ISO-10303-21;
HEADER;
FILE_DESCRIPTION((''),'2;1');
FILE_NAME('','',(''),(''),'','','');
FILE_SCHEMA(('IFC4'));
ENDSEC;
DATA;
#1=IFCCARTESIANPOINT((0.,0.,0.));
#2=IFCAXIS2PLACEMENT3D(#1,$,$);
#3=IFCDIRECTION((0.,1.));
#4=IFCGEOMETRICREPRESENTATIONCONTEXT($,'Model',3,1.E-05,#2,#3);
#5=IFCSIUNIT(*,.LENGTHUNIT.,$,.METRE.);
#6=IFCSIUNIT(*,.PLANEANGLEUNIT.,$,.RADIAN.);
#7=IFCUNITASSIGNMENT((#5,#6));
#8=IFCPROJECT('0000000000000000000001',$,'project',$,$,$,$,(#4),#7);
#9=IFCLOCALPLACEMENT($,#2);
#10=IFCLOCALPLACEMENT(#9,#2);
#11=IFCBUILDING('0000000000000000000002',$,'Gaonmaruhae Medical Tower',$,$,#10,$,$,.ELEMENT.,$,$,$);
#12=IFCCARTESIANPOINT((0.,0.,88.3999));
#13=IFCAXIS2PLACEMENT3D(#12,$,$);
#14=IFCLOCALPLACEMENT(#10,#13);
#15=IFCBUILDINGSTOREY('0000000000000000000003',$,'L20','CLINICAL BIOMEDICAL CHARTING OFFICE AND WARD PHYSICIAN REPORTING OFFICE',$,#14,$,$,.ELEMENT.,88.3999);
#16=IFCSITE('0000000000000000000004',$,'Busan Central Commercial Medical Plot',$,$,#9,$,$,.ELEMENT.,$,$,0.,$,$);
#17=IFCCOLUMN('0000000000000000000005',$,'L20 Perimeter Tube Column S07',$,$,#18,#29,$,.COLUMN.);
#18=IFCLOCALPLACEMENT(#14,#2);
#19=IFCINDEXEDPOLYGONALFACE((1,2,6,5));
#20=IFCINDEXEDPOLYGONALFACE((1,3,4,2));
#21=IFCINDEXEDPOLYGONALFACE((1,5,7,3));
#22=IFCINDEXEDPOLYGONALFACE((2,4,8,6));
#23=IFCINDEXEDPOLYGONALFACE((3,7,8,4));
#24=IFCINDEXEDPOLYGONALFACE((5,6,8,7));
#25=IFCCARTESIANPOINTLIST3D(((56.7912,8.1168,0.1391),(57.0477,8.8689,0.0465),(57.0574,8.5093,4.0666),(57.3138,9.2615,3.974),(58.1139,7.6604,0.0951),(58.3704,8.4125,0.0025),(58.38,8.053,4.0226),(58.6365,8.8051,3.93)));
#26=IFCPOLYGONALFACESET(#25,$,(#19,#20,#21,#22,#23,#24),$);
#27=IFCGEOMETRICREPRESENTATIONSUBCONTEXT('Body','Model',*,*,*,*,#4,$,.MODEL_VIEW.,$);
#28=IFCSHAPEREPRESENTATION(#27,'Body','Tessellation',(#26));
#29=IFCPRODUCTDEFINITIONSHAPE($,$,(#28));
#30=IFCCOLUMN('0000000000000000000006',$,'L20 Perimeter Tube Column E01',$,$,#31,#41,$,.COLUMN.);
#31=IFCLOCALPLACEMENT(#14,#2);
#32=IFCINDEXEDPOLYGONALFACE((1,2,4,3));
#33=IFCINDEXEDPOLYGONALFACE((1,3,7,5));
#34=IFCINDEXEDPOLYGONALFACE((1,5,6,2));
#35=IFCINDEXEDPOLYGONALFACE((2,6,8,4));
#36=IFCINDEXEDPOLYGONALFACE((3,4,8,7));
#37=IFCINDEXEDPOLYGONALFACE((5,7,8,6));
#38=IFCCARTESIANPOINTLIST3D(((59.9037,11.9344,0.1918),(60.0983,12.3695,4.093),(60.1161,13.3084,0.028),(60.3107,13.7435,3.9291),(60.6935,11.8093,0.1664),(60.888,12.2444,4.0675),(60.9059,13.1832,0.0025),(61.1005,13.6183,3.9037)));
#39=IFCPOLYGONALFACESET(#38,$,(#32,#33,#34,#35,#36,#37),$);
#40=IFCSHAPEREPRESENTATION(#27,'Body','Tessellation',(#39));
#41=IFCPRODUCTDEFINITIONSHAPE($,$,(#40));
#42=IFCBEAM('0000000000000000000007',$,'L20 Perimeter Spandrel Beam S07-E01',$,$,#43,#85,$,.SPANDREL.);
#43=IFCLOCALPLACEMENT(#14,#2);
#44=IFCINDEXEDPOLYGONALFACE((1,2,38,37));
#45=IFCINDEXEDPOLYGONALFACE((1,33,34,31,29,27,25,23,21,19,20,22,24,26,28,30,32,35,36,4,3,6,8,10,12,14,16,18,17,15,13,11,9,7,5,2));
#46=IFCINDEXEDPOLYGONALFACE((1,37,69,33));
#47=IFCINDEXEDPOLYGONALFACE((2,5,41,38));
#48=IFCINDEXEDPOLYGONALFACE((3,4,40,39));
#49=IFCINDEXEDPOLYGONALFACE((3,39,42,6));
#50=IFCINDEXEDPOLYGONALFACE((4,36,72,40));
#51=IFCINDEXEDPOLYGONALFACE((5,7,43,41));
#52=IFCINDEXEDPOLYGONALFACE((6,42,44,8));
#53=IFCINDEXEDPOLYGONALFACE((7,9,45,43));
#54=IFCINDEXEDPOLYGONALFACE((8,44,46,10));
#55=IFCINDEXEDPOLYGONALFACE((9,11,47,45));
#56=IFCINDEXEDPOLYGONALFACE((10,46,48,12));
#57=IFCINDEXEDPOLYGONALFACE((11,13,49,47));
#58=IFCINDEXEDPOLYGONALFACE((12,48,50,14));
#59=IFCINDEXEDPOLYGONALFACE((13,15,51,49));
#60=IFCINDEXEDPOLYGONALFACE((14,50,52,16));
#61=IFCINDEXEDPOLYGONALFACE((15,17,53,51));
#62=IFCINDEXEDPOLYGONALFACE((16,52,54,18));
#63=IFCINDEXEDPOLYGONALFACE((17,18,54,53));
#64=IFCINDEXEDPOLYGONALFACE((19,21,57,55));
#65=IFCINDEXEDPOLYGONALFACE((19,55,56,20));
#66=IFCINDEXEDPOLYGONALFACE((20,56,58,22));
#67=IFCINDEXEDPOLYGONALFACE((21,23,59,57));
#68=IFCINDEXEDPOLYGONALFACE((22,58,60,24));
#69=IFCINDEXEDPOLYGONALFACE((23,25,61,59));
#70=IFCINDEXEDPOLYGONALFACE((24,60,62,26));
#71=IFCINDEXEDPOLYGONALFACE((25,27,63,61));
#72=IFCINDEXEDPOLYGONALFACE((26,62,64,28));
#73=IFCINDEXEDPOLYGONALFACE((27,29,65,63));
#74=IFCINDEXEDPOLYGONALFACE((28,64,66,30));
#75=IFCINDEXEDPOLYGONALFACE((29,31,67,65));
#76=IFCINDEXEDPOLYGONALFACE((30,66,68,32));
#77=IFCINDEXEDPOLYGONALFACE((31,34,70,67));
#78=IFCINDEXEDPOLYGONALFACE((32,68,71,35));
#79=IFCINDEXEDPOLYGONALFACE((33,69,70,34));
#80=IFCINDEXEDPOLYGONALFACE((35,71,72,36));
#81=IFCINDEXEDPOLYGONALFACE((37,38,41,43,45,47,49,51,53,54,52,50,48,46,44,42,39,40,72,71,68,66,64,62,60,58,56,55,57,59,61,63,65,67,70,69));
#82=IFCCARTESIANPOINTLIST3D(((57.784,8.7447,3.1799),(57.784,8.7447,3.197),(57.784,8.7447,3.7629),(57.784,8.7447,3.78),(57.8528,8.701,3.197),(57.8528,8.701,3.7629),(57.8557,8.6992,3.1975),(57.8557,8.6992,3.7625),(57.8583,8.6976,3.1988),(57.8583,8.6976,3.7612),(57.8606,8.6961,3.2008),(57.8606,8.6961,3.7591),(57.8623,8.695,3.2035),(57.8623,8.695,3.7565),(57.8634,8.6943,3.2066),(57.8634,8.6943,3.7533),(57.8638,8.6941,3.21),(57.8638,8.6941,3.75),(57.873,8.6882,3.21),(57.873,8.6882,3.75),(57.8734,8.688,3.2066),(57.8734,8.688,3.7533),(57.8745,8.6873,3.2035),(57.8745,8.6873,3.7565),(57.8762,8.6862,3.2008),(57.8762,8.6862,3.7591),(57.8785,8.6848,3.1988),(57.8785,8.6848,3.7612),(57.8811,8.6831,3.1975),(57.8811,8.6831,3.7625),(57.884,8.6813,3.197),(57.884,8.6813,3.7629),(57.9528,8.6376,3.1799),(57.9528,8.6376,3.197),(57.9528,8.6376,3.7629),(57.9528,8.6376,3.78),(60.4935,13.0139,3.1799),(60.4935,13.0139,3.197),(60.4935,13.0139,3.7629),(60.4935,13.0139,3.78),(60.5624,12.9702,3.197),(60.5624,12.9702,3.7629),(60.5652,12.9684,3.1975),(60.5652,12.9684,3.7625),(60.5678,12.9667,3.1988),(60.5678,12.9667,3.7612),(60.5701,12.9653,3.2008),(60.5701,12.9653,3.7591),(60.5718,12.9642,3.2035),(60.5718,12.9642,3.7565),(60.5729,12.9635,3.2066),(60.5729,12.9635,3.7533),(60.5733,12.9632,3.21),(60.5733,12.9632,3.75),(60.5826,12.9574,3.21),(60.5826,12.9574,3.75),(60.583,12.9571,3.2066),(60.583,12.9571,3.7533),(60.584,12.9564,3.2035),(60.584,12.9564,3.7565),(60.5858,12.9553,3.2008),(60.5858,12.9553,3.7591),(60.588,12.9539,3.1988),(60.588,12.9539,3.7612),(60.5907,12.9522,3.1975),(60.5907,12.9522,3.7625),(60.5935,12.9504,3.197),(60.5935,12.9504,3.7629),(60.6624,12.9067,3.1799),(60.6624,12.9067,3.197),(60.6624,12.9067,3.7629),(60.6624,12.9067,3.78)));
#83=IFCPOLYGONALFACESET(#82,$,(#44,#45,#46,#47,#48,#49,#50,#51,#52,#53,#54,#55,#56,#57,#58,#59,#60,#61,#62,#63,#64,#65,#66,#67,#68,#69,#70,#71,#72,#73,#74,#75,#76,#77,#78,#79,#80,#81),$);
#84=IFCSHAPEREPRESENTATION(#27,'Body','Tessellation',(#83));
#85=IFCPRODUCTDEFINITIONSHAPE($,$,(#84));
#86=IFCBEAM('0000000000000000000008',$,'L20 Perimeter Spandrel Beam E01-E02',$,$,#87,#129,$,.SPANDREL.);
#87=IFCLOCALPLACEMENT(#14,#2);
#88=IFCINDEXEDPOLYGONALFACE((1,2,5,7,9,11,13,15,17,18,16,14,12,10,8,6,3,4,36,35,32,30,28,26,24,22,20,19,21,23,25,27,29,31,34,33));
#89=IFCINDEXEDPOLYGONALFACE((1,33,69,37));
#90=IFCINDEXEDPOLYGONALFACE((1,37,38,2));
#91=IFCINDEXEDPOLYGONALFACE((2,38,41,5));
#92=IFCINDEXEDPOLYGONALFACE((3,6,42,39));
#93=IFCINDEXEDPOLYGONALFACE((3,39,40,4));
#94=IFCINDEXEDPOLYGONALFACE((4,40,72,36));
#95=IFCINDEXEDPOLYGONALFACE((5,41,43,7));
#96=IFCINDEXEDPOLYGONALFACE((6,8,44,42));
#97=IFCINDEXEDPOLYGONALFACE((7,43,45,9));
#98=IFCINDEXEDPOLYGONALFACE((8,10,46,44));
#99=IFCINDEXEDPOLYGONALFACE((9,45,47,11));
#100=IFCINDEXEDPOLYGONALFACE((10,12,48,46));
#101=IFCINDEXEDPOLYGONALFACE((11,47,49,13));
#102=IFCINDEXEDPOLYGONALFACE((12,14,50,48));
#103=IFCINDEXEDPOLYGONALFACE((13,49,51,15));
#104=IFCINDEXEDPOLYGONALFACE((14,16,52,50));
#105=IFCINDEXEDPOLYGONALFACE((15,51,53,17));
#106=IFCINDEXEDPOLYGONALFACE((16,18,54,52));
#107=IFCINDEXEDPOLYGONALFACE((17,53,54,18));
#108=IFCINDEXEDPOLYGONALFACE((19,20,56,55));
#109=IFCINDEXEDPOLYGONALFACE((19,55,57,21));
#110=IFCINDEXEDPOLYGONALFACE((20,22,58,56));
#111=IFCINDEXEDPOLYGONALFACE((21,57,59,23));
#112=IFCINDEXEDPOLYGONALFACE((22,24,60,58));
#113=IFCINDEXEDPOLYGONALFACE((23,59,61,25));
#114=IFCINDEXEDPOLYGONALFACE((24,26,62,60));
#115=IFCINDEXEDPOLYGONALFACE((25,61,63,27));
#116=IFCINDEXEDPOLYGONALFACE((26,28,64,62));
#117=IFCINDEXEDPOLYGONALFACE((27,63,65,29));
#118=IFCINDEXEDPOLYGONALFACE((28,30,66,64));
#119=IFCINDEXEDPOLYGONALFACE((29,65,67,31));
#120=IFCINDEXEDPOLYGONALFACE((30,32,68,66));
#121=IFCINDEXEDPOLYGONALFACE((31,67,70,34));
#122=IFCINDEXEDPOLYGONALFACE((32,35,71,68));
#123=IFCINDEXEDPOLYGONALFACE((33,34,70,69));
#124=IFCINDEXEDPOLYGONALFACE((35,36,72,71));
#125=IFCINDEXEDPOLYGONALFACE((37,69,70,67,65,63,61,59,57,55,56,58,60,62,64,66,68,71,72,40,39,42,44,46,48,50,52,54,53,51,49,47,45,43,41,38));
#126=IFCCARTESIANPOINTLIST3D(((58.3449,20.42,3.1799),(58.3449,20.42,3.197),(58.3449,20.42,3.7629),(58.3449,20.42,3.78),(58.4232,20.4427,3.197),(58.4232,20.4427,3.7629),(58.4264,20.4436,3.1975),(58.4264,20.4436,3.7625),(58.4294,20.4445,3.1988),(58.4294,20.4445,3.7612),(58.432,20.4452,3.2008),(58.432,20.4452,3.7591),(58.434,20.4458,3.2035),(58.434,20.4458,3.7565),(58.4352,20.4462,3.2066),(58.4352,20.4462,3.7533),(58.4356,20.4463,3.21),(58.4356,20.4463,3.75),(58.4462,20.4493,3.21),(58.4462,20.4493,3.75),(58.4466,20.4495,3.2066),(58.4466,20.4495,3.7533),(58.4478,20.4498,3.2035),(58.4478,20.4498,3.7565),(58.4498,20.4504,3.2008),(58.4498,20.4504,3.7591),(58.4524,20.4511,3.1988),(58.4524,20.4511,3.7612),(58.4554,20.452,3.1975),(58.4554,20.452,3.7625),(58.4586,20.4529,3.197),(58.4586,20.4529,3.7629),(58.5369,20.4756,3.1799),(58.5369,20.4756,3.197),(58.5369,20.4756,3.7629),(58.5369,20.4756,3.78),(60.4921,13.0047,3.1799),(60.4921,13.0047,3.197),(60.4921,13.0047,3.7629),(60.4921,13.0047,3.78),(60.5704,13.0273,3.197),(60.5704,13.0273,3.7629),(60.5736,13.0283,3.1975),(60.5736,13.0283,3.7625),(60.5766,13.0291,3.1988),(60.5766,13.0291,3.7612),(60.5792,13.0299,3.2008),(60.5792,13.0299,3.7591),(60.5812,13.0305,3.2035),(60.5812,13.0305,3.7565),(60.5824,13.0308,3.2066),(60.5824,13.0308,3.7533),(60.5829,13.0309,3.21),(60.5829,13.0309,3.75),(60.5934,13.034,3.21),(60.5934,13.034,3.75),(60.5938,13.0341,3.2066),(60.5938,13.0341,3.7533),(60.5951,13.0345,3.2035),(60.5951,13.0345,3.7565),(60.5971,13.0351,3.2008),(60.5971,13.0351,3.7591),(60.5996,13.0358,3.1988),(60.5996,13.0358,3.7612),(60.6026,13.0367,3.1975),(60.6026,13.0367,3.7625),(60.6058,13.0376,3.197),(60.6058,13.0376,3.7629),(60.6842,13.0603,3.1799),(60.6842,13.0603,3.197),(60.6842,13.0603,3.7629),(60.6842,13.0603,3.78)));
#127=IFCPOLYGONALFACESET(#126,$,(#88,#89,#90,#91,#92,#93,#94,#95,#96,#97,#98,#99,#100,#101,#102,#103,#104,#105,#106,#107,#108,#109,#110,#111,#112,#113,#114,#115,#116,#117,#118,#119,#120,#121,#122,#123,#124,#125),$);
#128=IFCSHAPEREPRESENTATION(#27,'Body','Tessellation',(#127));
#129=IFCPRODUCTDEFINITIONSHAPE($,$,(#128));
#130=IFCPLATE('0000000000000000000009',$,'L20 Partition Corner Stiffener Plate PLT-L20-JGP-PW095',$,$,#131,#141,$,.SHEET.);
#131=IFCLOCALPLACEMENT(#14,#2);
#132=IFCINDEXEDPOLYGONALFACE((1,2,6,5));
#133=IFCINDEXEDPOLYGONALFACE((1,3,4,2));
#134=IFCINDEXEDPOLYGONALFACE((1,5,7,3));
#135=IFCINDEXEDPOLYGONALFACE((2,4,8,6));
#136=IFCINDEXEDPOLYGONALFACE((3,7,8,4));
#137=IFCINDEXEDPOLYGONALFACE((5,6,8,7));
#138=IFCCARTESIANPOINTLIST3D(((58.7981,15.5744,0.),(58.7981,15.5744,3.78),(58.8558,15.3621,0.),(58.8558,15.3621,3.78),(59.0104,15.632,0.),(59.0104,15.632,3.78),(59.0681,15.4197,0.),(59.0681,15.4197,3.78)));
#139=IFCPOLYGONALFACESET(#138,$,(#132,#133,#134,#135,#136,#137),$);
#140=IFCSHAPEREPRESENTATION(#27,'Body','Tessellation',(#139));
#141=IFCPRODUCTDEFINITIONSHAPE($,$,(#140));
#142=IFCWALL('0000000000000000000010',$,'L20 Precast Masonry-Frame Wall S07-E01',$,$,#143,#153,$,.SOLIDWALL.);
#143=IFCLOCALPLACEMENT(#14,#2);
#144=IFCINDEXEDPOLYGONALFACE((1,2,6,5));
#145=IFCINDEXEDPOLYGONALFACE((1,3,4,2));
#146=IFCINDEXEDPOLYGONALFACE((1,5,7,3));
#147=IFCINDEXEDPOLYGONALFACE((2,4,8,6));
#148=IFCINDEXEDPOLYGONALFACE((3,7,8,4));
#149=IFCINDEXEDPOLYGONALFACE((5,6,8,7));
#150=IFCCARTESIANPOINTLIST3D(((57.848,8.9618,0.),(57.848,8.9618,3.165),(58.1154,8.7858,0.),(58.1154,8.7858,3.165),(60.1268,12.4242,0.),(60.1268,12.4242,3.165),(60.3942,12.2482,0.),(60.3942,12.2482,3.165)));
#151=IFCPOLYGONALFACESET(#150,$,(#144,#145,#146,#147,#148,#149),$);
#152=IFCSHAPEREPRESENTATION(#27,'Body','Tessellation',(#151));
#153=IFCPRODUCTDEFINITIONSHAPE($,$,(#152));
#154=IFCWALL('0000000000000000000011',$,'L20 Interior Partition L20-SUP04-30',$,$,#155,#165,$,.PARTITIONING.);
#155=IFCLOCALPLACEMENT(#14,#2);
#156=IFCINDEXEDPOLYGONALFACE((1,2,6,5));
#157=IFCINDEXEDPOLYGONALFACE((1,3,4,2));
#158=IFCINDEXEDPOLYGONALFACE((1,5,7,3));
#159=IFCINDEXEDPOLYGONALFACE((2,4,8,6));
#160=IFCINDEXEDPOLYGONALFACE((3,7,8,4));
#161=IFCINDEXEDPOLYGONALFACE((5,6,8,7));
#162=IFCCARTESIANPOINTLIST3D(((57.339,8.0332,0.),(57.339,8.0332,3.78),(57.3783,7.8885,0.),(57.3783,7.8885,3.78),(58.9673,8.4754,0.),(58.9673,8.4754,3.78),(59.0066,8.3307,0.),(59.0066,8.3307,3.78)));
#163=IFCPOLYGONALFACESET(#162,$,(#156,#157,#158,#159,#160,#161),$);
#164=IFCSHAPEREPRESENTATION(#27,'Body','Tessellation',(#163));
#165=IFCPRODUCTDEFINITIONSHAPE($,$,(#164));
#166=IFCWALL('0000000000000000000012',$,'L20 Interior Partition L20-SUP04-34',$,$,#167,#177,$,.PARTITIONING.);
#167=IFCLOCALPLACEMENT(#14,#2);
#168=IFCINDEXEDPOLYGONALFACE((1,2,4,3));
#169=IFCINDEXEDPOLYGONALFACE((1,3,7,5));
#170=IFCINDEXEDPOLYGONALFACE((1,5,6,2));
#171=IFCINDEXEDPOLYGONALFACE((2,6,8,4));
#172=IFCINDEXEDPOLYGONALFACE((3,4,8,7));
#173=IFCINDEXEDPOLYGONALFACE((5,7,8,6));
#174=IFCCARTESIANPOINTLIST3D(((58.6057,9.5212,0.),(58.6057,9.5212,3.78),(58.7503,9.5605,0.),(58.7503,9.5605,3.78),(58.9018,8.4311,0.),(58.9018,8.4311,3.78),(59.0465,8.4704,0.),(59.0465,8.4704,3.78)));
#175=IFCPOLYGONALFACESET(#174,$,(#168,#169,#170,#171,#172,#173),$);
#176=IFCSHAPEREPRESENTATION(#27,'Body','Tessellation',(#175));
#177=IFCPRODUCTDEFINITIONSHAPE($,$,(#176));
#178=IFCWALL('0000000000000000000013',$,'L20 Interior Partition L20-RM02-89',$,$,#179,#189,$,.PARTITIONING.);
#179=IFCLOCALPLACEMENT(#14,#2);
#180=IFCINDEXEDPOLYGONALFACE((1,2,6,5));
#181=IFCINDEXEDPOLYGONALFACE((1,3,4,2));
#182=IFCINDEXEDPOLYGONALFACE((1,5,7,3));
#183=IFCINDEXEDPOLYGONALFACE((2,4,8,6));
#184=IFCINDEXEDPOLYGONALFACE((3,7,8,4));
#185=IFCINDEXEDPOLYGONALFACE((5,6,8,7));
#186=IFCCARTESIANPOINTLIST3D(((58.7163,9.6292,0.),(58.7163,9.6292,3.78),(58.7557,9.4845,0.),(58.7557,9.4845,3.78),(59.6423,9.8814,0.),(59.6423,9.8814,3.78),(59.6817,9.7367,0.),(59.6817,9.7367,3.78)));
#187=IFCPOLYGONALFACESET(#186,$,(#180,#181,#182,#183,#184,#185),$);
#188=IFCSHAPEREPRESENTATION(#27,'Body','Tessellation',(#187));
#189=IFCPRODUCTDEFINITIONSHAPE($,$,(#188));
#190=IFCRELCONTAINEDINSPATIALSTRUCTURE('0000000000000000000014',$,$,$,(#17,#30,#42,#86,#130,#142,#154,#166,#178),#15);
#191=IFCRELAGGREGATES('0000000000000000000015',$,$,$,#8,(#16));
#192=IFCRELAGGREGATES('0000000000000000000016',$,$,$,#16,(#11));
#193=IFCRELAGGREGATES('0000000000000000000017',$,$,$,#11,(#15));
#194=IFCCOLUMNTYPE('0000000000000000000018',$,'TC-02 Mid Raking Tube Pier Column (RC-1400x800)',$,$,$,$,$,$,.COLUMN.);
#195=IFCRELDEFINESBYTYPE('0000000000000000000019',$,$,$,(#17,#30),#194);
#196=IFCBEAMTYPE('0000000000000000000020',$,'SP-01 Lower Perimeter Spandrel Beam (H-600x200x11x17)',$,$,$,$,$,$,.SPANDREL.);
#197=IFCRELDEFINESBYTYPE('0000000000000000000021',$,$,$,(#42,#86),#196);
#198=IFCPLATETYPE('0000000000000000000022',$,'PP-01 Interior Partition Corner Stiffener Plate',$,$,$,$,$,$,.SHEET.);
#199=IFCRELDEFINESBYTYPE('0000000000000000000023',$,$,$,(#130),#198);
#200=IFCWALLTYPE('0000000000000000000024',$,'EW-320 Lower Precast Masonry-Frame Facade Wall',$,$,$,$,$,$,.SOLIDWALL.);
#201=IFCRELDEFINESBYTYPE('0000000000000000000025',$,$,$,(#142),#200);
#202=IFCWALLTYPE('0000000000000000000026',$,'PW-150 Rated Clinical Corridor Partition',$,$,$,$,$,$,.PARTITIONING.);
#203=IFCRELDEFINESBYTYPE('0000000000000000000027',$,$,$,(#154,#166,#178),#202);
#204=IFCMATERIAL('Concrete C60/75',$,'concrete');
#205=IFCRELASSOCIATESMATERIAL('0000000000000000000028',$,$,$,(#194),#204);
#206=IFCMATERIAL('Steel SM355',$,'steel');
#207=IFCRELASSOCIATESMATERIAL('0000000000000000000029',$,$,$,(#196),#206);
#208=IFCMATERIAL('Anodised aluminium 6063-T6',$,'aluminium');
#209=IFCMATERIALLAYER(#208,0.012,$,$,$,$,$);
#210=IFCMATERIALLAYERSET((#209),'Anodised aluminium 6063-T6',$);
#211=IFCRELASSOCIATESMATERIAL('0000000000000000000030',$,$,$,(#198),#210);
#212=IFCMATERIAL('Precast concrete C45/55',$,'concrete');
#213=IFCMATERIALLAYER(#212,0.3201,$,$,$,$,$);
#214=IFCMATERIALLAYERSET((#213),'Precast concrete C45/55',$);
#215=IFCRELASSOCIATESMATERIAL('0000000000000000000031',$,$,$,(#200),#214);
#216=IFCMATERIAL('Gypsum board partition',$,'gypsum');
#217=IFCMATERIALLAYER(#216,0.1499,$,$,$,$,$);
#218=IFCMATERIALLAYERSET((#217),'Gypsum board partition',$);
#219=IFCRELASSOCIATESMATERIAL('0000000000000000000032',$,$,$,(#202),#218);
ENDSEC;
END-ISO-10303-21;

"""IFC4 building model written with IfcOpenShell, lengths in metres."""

from ifc_helpers import new_model, si_unit, direction, frame, frame_2d, origin, origin_2d, place, context, subcontext, project, spatial, rectangle, i_section, extrude, material, layer, layer_set, material_profile, profile_set, type_object, element, save


model = new_model("IFC4")

# Units and contexts
model_context = context("Model", 3, precision=1e-05, world=origin(), true_north=direction((0.0, 1.0)))
body_context = subcontext(model_context, "Body", "Model", "MODEL_VIEW")
ifc_project = project(units=[si_unit("LENGTHUNIT", "METRE"), si_unit("PLANEANGLEUNIT", "RADIAN")], contexts=[model_context])

# Site, building, storey
site_placement = place(None, origin())
site = spatial("IfcSite", under=ifc_project, at=site_placement, Name="Busan Central Commercial Medical Plot", CompositionType="ELEMENT", RefElevation=0.0)
building_placement = place(site_placement, origin())
building = spatial("IfcBuilding", under=site, at=building_placement, Name="Gaonmaruhae Medical Tower", CompositionType="ELEMENT")
storey_placement = place(building_placement, frame((0.0, 0.0, 88.3999)))
storey = spatial("IfcBuildingStorey", under=building, at=storey_placement, Name="L20", Description="CLINICAL BIOMEDICAL CHARTING OFFICE AND WARD PHYSICIAN REPORTING OFFICE", CompositionType="ELEMENT", Elevation=88.3999)

# Columns
ifc_material_1 = material(Name="Concrete C60/75", Category="concrete")
ifc_material_profile_1 = material_profile(ifc_material_1, rectangle(XDim=1.3999, YDim=0.8, at=origin_2d()), Name="RC-1400x800")
ifc_profile_set_1 = profile_set([ifc_material_profile_1], Name="Concrete C60/75")
column_type = type_object("IfcColumnType", Name="TC-02 Mid Raking Tube Pier Column (RC-1400x800)", PredefinedType="COLUMN", material=ifc_profile_set_1)
column_1_placement = place(storey_placement, frame((57.5808, 8.2646, 0.0708), z_axis=(0.067268, 0.099236, 0.992788), x_axis=(-0.944844, 0.326008, 0.031433)))
element("IfcColumn", 1, at=column_1_placement, inside=storey, type_object=column_type, Name="L20 Perimeter Tube Column S07", PredefinedType="COLUMN", context=body_context, shape_type="SweptSolid", body=[
    extrude(rectangle(XDim=1.3999, YDim=0.8, at=origin_2d()), origin(), (0.0, 0.0, 1.0), 3.9561),
])
column_2_placement = place(storey_placement, frame((60.4048, 12.5588, 0.0972), z_axis=(0.04951, 0.110698, 0.99262), x_axis=(-0.151744, -0.981468, 0.117023)))
element("IfcColumn", 2, at=column_2_placement, inside=storey, type_object=column_type, Name="L20 Perimeter Tube Column E01", PredefinedType="COLUMN", context=body_context, shape_type="SweptSolid", body=[
    extrude(rectangle(XDim=1.3999, YDim=0.8, at=origin_2d()), origin(), (0.0, 0.0, 1.0), 3.9302),
])

# Beams
ifc_material_2 = material(Name="Steel SM355", Category="steel")
ifc_material_profile_2 = material_profile(ifc_material_2, i_section(OverallWidth=0.2, OverallDepth=0.6001, WebThickness=0.011, FlangeThickness=0.0171, FilletRadius=0.0129, at=origin_2d()), Name="H-600x200x11x17")
ifc_profile_set_2 = profile_set([ifc_material_profile_2], Name="Steel SM355")
beam_type = type_object("IfcBeamType", Name="SP-01 Lower Perimeter Spandrel Beam (H-600x200x11x17)", PredefinedType="SPANDREL", material=ifc_profile_set_2)
beam_1_placement = place(storey_placement, frame((57.8684, 8.6912, 3.48), z_axis=(0.535863, 0.844305, 0.0), x_axis=(-0.844305, 0.535863, 0.0)))
element("IfcBeam", 3, at=beam_1_placement, inside=storey, type_object=beam_type, Name="L20 Perimeter Spandrel Beam S07-E01", PredefinedType="SPANDREL", context=body_context, shape_type="SweptSolid", body=[
    extrude(i_section(OverallWidth=0.2, OverallDepth=0.6001, WebThickness=0.011, FlangeThickness=0.0171, FilletRadius=0.0129, at=origin_2d()), origin(), (0.0, 0.0, 1.0), 5.0564),
])
beam_2_placement = place(storey_placement, frame((60.5881, 13.0325, 3.48), z_axis=(-0.27814, 0.96054, 0.0), x_axis=(-0.96054, -0.27814, 0.0)))
element("IfcBeam", 4, at=beam_2_placement, inside=storey, type_object=beam_type, Name="L20 Perimeter Spandrel Beam E01-E02", PredefinedType="SPANDREL", context=body_context, shape_type="SweptSolid", body=[
    extrude(i_section(OverallWidth=0.2, OverallDepth=0.6001, WebThickness=0.011, FlangeThickness=0.0171, FilletRadius=0.0129, at=origin_2d()), origin(), (0.0, 0.0, 1.0), 7.72),
])

# Plate
ifc_material_3 = material(Name="Anodised aluminium 6063-T6", Category="aluminium")
ifc_layer_1 = layer(ifc_material_3, 0.012)
ifc_layer_set_1 = layer_set([ifc_layer_1], Name="Anodised aluminium 6063-T6")
plate_type = type_object("IfcPlateType", Name="PP-01 Interior Partition Corner Stiffener Plate", PredefinedType="SHEET", material=ifc_layer_set_1)
plate_placement = place(storey_placement, frame((58.9331, 15.4971, 0.0), z_axis=(0.0, 0.0, 1.0), x_axis=(0.965081, 0.261953, 0.0)))
element("IfcPlate", 5, at=plate_placement, inside=storey, type_object=plate_type, Name="L20 Partition Corner Stiffener Plate PLT-L20-JGP-PW095", PredefinedType="SHEET", context=body_context, shape_type="SweptSolid", body=[
    extrude(rectangle(XDim=0.22, YDim=0.22, at=origin_2d()), origin(), (0.0, 0.0, 1.0), 3.78),
])

# Walls
ifc_material_4 = material(Name="Precast concrete C45/55", Category="concrete")
ifc_layer_2 = layer(ifc_material_4, 0.3201)
ifc_layer_set_2 = layer_set([ifc_layer_2], Name="Precast concrete C45/55")
wall_type_1 = type_object("IfcWallType", Name="EW-320 Lower Precast Masonry-Frame Facade Wall", PredefinedType="SOLIDWALL", material=ifc_layer_set_2)
wall_1_placement = place(storey_placement, frame((60.2605, 12.3362, 0.0), z_axis=(0.0, 0.0, 1.0), x_axis=(-0.54977, -0.835316, 0.0)))
element("IfcWall", 6, at=wall_1_placement, inside=storey, type_object=wall_type_1, Name="L20 Precast Masonry-Frame Wall S07-E01", PredefinedType="SOLIDWALL", context=body_context, shape_type="SweptSolid", body=[
    extrude(rectangle(XDim=4.145, YDim=0.3201, at=frame_2d((2.0725, 0.0))), origin(), (0.0, 0.0, 1.0), 3.165),
])
ifc_material_5 = material(Name="Gypsum board partition", Category="gypsum")
ifc_layer_3 = layer(ifc_material_5, 0.1499)
ifc_layer_set_3 = layer_set([ifc_layer_3], Name="Gypsum board partition")
wall_type_2 = type_object("IfcWallType", Name="PW-150 Rated Clinical Corridor Partition", PredefinedType="PARTITIONING", material=ifc_layer_set_3)
wall_2_placement = place(storey_placement, frame((58.9871, 8.4031, 0.0), z_axis=(0.0, 0.0, 1.0), x_axis=(-0.96505, -0.262064, 0.0)))
element("IfcWall", 7, at=wall_2_placement, inside=storey, type_object=wall_type_2, Name="L20 Interior Partition L20-SUP04-30", PredefinedType="PARTITIONING", context=body_context, shape_type="SweptSolid", body=[
    extrude(rectangle(XDim=1.6873, YDim=0.1499, at=frame_2d((0.8438, 0.0))), origin(), (0.0, 0.0, 1.0), 3.78),
])
wall_3_placement = place(storey_placement, frame((58.678, 9.541, 0.0), z_axis=(0.0, 0.0, 1.0), x_axis=(0.262166, -0.965023, 0.0)))
element("IfcWall", 8, at=wall_3_placement, inside=storey, type_object=wall_type_2, Name="L20 Interior Partition L20-SUP04-34", PredefinedType="PARTITIONING", context=body_context, shape_type="SweptSolid", body=[
    extrude(rectangle(XDim=1.1296, YDim=0.1499, at=frame_2d((0.5649, 0.0))), origin(), (0.0, 0.0, 1.0), 3.78),
])
wall_4_placement = place(storey_placement, frame((59.6621, 9.8091, 0.0), z_axis=(0.0, 0.0, 1.0), x_axis=(-0.964858, -0.262773, 0.0)))
element("IfcWall", 9, at=wall_4_placement, inside=storey, type_object=wall_type_2, Name="L20 Interior Partition L20-RM02-89", PredefinedType="PARTITIONING", context=body_context, shape_type="SweptSolid", body=[
    extrude(rectangle(XDim=0.9597, YDim=0.1499, at=frame_2d((0.48, 0.0))), origin(), (0.0, 0.0, 1.0), 3.78),
])

save(model, "model.ifc")
